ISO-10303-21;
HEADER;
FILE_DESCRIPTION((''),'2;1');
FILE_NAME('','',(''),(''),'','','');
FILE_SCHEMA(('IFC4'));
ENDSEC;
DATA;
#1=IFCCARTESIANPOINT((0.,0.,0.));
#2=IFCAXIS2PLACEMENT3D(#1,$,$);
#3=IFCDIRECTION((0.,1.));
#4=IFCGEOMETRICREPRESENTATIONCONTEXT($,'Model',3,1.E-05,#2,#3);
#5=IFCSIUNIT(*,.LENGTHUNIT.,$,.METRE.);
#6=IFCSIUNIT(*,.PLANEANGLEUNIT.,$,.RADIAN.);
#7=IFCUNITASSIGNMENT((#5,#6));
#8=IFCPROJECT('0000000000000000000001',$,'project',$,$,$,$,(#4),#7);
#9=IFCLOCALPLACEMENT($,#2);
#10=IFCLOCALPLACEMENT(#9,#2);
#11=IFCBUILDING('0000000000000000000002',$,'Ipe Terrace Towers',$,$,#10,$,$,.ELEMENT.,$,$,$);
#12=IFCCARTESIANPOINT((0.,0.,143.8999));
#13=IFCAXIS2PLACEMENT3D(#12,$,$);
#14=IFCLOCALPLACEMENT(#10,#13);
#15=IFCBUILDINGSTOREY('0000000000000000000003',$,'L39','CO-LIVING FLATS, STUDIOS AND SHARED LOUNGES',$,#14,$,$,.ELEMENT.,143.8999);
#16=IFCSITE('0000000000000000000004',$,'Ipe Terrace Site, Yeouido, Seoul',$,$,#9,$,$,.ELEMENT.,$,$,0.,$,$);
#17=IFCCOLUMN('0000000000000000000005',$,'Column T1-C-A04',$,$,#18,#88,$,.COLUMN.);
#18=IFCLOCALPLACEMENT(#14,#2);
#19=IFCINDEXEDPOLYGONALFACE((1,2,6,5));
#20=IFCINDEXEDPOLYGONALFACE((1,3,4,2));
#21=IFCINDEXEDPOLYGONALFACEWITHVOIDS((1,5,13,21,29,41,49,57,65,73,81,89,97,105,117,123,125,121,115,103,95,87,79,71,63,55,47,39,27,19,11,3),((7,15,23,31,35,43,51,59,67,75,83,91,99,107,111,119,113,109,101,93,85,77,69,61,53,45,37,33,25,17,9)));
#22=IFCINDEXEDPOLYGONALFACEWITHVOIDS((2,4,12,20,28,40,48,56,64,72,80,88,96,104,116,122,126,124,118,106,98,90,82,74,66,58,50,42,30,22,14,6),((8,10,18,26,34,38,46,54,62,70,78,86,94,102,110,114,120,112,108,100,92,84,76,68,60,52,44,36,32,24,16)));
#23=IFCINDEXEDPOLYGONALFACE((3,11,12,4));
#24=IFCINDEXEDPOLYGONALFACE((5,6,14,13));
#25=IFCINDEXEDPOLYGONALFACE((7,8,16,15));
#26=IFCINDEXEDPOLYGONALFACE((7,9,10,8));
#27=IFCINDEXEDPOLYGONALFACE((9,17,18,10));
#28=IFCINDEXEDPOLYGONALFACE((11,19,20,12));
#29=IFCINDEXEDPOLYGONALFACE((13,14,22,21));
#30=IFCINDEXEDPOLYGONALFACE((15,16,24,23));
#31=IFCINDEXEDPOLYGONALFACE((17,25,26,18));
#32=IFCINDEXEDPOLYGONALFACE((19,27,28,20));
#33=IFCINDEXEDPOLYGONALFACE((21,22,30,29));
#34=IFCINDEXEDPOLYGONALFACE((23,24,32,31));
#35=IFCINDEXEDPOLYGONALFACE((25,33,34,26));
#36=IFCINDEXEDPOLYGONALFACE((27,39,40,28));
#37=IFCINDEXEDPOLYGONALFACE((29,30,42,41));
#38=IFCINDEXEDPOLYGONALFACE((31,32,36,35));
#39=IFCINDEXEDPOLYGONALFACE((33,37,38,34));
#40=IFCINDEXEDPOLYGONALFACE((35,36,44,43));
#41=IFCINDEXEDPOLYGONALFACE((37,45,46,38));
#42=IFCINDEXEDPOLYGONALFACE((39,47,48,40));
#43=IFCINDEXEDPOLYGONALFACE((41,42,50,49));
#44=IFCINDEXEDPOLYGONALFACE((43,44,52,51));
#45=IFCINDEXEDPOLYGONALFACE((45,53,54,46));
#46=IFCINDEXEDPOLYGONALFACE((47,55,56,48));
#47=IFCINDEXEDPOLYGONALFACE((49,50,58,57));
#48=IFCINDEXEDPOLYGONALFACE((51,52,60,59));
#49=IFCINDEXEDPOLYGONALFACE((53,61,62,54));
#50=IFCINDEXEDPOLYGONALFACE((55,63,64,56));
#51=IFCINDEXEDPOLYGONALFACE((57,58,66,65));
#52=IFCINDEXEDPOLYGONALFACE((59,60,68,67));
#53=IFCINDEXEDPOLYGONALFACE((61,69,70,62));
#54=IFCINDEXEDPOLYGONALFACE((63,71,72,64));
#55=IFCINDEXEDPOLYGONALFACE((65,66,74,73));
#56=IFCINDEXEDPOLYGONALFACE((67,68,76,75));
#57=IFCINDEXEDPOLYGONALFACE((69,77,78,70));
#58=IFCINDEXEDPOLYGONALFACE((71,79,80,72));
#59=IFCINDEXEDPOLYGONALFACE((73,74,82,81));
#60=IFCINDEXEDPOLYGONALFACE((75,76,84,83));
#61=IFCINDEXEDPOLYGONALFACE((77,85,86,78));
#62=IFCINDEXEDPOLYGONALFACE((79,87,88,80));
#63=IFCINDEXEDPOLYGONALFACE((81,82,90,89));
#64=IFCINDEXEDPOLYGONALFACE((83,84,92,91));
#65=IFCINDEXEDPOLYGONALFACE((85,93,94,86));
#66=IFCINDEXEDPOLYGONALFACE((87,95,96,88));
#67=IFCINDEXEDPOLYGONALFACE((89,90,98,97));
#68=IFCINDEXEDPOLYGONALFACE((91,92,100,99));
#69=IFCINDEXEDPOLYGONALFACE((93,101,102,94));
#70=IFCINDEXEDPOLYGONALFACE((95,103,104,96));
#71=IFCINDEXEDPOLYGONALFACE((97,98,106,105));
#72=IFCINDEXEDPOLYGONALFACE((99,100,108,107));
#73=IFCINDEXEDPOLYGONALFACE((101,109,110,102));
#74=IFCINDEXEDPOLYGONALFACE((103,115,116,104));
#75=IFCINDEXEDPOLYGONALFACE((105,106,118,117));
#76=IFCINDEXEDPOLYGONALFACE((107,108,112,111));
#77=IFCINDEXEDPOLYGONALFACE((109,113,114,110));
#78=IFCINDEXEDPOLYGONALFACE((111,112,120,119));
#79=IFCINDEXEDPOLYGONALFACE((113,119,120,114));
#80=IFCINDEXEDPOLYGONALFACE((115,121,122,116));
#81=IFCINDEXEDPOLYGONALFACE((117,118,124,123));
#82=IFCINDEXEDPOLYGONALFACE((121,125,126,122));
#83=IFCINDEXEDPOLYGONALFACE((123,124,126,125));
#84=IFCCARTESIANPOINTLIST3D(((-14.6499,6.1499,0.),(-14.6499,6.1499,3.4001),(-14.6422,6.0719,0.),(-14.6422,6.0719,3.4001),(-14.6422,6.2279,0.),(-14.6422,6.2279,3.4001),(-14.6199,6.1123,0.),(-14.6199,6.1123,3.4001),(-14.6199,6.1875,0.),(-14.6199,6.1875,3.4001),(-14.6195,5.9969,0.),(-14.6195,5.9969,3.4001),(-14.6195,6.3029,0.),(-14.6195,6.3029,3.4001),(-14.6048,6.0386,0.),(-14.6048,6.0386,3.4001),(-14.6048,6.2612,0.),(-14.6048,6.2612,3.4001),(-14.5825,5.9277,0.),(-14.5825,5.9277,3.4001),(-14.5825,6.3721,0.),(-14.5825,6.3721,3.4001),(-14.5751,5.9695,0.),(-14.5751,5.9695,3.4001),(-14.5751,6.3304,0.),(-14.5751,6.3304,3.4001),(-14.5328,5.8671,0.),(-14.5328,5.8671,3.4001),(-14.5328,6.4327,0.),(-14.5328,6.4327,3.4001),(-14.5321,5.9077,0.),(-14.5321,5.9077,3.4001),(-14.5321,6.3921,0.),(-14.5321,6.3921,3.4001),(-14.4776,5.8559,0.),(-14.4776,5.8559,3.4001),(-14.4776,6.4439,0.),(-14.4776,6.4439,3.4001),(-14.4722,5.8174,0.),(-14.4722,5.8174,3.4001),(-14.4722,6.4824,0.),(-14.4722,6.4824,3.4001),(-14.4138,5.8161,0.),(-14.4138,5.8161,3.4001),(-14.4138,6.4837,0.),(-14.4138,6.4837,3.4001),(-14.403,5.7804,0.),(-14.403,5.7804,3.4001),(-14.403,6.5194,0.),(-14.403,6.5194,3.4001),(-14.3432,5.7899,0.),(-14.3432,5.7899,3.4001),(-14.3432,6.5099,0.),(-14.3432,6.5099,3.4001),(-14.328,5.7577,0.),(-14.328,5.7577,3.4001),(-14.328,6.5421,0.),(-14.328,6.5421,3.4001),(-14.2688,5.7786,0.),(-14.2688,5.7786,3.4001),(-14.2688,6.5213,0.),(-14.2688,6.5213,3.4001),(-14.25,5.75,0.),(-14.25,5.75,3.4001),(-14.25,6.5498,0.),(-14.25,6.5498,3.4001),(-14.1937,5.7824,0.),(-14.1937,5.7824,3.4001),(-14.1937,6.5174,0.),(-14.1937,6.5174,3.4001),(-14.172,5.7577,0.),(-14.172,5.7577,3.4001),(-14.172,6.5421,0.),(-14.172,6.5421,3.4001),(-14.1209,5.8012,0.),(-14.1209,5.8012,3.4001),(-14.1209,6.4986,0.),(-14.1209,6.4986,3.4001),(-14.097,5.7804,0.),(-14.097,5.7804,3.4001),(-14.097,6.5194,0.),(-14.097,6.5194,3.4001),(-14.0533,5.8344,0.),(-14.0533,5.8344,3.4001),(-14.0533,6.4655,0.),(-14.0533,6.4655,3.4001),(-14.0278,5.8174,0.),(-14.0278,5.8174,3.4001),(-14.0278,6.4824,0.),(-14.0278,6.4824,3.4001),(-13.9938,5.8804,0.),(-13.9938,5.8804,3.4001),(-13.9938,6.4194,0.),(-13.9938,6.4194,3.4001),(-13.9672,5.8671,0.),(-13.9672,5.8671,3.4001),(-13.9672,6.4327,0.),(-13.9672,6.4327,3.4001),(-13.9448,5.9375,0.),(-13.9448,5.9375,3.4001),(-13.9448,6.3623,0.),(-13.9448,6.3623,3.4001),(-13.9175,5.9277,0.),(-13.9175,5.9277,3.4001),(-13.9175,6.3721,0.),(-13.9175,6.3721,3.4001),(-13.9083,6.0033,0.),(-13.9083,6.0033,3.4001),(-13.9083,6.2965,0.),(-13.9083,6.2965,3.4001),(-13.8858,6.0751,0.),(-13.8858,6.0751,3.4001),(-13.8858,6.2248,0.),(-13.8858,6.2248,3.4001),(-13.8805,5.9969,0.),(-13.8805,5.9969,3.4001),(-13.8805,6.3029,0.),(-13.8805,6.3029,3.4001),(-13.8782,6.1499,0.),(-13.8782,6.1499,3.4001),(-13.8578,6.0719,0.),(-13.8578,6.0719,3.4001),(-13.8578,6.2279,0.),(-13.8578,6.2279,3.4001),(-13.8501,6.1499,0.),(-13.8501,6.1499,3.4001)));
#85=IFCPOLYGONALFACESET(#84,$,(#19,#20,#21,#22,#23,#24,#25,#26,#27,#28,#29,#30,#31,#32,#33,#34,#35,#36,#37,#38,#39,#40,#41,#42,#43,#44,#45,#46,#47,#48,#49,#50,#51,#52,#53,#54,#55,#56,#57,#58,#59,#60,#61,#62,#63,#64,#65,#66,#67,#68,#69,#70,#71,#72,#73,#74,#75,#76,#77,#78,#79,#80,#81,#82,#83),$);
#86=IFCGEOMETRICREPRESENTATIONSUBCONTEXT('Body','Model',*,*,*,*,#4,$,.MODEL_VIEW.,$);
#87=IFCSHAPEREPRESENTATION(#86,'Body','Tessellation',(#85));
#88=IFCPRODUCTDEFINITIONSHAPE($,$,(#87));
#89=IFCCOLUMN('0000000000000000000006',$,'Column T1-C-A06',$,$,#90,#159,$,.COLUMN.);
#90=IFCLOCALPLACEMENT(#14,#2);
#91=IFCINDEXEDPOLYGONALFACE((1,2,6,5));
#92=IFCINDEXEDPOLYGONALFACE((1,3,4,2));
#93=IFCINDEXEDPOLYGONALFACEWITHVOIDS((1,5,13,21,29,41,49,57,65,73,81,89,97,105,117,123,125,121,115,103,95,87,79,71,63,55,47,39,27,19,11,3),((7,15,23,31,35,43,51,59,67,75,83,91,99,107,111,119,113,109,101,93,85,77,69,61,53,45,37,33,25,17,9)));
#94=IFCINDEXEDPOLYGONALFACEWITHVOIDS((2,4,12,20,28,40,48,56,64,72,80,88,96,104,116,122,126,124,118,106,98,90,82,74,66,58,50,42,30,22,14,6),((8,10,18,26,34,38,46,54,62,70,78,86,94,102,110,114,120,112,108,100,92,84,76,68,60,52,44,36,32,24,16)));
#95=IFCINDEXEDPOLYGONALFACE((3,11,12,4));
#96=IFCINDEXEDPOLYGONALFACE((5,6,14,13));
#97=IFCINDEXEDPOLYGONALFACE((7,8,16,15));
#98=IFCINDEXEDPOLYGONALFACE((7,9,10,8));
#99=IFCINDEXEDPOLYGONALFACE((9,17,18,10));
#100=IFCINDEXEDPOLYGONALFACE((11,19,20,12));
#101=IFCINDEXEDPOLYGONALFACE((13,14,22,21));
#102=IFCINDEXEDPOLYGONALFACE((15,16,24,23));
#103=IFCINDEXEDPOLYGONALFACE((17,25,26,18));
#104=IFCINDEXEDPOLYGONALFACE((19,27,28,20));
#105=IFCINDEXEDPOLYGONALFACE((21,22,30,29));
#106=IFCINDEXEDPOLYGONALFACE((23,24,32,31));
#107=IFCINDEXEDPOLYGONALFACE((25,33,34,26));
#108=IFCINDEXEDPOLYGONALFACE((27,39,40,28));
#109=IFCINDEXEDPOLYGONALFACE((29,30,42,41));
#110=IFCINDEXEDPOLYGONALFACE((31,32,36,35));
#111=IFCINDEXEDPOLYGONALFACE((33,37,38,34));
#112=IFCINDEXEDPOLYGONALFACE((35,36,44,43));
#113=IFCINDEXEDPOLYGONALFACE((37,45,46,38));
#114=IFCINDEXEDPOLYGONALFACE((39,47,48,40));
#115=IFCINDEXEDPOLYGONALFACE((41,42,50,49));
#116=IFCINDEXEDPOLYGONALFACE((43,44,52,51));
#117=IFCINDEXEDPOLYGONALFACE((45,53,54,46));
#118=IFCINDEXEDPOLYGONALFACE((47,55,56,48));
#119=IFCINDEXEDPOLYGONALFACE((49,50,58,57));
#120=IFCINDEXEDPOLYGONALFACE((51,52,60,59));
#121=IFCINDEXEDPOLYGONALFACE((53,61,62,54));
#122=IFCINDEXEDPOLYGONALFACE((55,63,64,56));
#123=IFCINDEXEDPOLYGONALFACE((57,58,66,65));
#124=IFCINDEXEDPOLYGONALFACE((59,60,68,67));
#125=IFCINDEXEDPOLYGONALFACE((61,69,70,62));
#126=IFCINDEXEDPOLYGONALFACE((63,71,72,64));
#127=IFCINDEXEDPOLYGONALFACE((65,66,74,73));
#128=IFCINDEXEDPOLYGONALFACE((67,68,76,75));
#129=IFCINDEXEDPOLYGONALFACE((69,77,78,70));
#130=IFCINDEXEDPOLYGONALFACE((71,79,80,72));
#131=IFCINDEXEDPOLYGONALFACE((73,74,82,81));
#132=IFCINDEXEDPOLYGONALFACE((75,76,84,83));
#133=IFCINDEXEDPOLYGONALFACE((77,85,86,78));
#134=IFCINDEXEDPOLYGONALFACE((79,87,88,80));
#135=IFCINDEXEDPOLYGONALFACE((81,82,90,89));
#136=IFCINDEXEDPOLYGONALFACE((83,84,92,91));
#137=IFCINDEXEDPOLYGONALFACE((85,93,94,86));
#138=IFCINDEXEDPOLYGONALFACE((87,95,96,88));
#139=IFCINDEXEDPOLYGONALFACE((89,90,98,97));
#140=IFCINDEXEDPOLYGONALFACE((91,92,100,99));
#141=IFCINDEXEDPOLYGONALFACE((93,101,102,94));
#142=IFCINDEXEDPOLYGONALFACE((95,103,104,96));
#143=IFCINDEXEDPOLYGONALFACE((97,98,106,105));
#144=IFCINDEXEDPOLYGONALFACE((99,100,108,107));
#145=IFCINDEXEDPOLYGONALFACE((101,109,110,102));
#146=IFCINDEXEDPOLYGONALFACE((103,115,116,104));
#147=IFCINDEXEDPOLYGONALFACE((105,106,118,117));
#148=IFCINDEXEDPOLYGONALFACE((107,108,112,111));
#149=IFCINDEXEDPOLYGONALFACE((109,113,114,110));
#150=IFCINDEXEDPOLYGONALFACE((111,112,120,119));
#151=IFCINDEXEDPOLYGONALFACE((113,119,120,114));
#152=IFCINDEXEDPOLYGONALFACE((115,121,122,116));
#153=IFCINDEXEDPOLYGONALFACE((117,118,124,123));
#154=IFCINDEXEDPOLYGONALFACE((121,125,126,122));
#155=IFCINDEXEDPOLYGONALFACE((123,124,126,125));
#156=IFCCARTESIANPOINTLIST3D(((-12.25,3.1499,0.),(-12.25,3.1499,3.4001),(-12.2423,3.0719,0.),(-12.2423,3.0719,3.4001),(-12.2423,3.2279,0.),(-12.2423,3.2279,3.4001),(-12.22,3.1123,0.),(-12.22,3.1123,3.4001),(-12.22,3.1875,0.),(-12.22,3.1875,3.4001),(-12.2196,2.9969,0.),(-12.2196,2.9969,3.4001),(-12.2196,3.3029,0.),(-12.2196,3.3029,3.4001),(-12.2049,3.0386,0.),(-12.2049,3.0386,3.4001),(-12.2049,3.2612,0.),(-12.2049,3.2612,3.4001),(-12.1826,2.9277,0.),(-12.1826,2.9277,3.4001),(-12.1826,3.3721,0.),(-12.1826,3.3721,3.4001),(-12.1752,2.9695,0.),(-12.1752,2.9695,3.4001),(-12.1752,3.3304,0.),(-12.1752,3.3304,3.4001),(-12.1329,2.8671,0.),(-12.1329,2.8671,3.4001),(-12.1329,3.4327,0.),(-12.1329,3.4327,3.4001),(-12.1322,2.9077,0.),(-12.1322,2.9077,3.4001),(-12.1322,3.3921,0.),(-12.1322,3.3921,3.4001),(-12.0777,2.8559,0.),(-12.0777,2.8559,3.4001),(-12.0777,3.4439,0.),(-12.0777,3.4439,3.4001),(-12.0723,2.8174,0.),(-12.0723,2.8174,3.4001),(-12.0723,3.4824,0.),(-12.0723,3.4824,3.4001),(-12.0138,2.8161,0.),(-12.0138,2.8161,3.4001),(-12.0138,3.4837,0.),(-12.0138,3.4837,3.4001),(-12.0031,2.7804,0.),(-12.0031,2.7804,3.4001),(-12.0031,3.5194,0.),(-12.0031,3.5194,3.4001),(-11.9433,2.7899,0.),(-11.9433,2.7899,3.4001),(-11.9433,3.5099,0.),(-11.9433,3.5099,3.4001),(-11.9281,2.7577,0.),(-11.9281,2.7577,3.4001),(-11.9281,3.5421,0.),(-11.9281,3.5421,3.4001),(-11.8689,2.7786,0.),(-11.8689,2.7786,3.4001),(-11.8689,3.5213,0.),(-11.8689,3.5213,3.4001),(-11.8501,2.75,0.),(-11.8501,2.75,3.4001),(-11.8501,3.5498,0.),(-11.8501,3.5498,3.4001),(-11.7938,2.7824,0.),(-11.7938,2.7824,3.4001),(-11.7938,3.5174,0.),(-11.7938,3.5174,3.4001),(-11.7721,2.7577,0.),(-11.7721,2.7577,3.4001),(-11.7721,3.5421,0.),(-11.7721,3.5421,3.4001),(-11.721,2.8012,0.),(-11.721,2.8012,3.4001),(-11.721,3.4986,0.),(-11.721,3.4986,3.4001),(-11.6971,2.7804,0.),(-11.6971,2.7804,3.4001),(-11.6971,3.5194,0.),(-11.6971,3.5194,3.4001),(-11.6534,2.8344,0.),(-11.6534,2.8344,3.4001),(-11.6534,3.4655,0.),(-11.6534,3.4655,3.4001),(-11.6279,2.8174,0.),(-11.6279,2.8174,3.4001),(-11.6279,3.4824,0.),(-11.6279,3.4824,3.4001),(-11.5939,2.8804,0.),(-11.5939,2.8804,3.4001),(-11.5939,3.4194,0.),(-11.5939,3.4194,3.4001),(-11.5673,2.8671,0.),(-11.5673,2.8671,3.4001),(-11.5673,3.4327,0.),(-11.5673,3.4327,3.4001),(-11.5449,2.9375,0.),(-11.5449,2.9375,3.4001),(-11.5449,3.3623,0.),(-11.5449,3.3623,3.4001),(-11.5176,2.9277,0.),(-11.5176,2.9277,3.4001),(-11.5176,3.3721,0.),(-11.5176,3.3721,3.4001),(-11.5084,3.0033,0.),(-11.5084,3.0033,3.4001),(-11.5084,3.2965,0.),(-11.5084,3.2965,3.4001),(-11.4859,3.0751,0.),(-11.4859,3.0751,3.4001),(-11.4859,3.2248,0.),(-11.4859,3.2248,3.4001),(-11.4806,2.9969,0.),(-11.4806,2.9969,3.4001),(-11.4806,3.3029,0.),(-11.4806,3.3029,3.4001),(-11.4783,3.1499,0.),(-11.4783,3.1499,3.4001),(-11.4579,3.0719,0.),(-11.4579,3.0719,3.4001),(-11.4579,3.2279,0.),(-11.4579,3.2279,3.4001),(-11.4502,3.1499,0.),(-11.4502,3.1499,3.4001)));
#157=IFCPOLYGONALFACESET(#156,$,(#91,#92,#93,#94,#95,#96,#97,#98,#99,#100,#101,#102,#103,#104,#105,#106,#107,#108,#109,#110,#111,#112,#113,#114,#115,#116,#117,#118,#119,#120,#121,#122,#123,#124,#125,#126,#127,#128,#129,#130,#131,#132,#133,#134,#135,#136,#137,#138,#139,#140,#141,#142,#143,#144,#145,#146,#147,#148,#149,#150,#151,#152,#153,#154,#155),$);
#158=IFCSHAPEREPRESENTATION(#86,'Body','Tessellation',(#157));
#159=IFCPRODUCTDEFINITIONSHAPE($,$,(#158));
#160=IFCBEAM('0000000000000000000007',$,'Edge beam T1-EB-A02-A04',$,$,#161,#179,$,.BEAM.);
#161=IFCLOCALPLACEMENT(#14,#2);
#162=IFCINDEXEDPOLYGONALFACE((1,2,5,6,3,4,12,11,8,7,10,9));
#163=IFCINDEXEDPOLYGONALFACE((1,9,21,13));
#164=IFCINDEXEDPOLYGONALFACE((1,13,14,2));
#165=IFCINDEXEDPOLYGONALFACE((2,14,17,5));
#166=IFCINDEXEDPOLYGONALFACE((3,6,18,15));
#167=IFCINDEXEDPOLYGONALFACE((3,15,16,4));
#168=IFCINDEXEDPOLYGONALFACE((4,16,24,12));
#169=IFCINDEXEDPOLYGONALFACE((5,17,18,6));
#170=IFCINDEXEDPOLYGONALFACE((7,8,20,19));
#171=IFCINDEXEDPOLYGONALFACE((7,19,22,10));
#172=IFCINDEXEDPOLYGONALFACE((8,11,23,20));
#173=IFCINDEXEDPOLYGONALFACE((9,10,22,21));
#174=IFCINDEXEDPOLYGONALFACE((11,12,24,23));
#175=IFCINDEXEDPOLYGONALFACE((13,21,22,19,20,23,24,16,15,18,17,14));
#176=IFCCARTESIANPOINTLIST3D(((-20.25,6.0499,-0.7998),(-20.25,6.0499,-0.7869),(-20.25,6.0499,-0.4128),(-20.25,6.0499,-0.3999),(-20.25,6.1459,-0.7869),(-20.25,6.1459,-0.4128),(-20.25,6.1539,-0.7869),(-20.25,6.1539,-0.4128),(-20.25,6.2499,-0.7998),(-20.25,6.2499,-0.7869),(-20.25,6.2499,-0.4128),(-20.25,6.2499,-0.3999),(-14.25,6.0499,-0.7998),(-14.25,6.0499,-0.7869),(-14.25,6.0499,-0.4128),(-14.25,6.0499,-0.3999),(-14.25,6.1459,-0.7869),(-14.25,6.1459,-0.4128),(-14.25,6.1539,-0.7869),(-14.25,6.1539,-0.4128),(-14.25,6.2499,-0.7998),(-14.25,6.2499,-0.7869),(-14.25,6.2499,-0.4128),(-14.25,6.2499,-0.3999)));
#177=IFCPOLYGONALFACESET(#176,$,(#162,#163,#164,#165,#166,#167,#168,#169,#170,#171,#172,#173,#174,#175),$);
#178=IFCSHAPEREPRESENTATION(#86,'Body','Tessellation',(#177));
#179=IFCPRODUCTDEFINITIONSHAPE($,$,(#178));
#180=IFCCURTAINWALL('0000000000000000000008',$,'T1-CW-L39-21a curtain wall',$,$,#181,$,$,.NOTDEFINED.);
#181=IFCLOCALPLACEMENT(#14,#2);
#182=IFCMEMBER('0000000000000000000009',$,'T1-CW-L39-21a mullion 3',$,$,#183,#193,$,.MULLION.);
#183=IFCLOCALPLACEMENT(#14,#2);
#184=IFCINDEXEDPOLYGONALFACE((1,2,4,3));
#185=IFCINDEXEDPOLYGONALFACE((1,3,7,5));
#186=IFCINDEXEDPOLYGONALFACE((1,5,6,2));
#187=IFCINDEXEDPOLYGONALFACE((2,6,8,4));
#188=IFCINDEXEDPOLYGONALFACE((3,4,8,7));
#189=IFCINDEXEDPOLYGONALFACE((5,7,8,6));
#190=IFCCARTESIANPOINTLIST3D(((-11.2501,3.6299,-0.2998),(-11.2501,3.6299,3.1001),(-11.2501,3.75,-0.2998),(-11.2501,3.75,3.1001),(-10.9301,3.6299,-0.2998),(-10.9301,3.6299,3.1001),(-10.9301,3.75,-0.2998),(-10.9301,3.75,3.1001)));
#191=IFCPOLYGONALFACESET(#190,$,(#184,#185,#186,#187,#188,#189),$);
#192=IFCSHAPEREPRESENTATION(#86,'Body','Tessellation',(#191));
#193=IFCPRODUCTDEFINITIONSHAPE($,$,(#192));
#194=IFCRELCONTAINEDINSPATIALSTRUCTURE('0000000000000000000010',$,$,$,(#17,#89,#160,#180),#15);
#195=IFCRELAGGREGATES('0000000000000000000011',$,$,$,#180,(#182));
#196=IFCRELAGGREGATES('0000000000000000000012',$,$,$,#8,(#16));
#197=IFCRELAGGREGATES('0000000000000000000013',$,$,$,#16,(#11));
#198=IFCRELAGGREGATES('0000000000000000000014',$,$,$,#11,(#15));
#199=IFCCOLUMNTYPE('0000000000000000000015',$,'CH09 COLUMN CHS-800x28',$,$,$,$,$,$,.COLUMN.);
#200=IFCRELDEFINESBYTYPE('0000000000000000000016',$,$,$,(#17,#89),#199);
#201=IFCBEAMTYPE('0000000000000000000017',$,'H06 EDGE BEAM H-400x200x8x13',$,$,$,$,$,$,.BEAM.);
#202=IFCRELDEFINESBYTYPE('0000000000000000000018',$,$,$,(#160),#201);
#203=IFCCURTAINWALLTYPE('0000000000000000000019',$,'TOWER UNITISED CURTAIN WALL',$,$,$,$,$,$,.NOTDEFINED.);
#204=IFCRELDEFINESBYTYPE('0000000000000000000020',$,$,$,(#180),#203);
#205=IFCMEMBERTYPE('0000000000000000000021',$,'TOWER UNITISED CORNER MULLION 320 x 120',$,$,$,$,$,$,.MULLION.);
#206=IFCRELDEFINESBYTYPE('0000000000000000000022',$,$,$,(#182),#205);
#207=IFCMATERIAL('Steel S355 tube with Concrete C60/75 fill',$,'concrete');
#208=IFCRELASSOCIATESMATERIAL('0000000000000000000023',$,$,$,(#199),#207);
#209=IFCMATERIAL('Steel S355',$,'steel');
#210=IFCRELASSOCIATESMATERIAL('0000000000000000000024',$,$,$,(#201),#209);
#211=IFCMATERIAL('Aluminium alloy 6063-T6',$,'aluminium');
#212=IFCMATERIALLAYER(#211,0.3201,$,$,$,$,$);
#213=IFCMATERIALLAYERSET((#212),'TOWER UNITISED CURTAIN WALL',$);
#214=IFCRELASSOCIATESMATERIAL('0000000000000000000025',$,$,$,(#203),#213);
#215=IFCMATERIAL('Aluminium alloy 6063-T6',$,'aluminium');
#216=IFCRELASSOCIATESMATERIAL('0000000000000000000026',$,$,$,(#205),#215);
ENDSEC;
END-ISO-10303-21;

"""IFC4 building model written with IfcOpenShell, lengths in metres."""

from ifc_helpers import new_model, si_unit, direction, frame, origin, origin_2d, place, context, subcontext, project, spatial, rectangle, hollow_circle, i_section, extrude, material, layer, layer_set, material_profile, profile_set, type_object, element, aggregate, save


model = new_model("IFC4")

# Units and contexts
model_context = context("Model", 3, precision=1e-05, world=origin(), true_north=direction((0.0, 1.0)))
body_context = subcontext(model_context, "Body", "Model", "MODEL_VIEW")
ifc_project = project(units=[si_unit("LENGTHUNIT", "METRE"), si_unit("PLANEANGLEUNIT", "RADIAN")], contexts=[model_context])

# Site, building, storey
site_placement = place(None, origin())
site = spatial("IfcSite", under=ifc_project, at=site_placement, Name="Ipe Terrace Site, Yeouido, Seoul", CompositionType="ELEMENT", RefElevation=0.0)
building_placement = place(site_placement, origin())
building = spatial("IfcBuilding", under=site, at=building_placement, Name="Ipe Terrace Towers", CompositionType="ELEMENT")
storey_placement = place(building_placement, frame((0.0, 0.0, 143.8999)))
storey = spatial("IfcBuildingStorey", under=building, at=storey_placement, Name="L39", Description="CO-LIVING FLATS, STUDIOS AND SHARED LOUNGES", CompositionType="ELEMENT", Elevation=143.8999)

# Columns
ifc_material_1 = material(Name="Steel S355 tube with Concrete C60/75 fill", Category="concrete")
ifc_material_profile_1 = material_profile(ifc_material_1, hollow_circle(Radius=0.3999, WallThickness=0.0281, at=origin_2d()), Name="CHS-800x28")
ifc_profile_set_1 = profile_set([ifc_material_profile_1], Name="Steel S355 tube with Concrete C60/75 fill")
column_type = type_object("IfcColumnType", Name="CH09 COLUMN CHS-800x28", PredefinedType="COLUMN", material=ifc_profile_set_1)
for number, where, z_axis, x_axis, name in (
    (1, (-14.25, 6.1499, 0.0), (0.0, 0.0, 1.0), (1.0, 0.0, 0.0), "Column T1-C-A04"),
    (2, (-11.8501, 3.1499, 0.0), (0.0, 0.0, 1.0), (1.0, 0.0, 0.0), "Column T1-C-A06"),
):
    element("IfcColumn", number, at=place(storey_placement, frame(where, z_axis=z_axis, x_axis=x_axis)), inside=storey, type_object=column_type, Name=name, PredefinedType="COLUMN", context=body_context, shape_type="SweptSolid", body=[
        extrude(hollow_circle(Radius=0.3999, WallThickness=0.0281, at=origin_2d()), origin(), (0.0, 0.0, 1.0), 3.4001),
    ])

# Beam
ifc_material_2 = material(Name="Steel S355", Category="steel")
ifc_material_profile_2 = material_profile(ifc_material_2, i_section(OverallWidth=0.2, OverallDepth=0.3999, WebThickness=0.0081, FlangeThickness=0.0129, at=origin_2d()), Name="H-400x200x8x13")
ifc_profile_set_2 = profile_set([ifc_material_profile_2], Name="Steel S355")
beam_type = type_object("IfcBeamType", Name="H06 EDGE BEAM H-400x200x8x13", PredefinedType="BEAM", material=ifc_profile_set_2)
beam_placement = place(storey_placement, frame((-20.25, 6.1499, -0.5999), z_axis=(1.0, 0.0, 0.0), x_axis=(0.0, 1.0, 0.0)))
element("IfcBeam", 3, at=beam_placement, inside=storey, type_object=beam_type, Name="Edge beam T1-EB-A02-A04", PredefinedType="BEAM", context=body_context, shape_type="SweptSolid", body=[
    extrude(i_section(OverallWidth=0.2, OverallDepth=0.3999, WebThickness=0.0081, FlangeThickness=0.0129, at=origin_2d()), origin(), (0.0, 0.0, 1.0), 6.0),
])

# Curtain wall, member
ifc_material_3 = material(Name="Aluminium alloy 6063-T6", Category="aluminium")
ifc_layer_1 = layer(ifc_material_3, 0.3201)
ifc_layer_set_1 = layer_set([ifc_layer_1], Name="TOWER UNITISED CURTAIN WALL")
curtain_wall_type = type_object("IfcCurtainWallType", Name="TOWER UNITISED CURTAIN WALL", PredefinedType="NOTDEFINED", material=ifc_layer_set_1)
curtain_wall_1_placement = place(storey_placement, origin())
curtain_wall_1 = element("IfcCurtainWall", 4, at=curtain_wall_1_placement, inside=storey, type_object=curtain_wall_type, Name="T1-CW-L39-21a curtain wall", PredefinedType="NOTDEFINED")
ifc_material_4 = material(Name="Aluminium alloy 6063-T6", Category="aluminium")
ifc_material_profile_3 = material_profile(ifc_material_4, rectangle(XDim=0.3201, YDim=0.1201, at=origin_2d()), Name="TOWER UNITISED CORNER MULLION 320 x 120")
ifc_profile_set_3 = profile_set([ifc_material_profile_3], Name="Aluminium alloy 6063-T6")
member_type = type_object("IfcMemberType", Name="TOWER UNITISED CORNER MULLION 320 x 120", PredefinedType="MULLION", material=ifc_profile_set_3)
member_1_placement = place(storey_placement, frame((-11.0901, 3.6899, -0.2998), z_axis=(0.0, 0.0, 1.0), x_axis=(1.0, 0.0, 0.0)))
member_1 = element("IfcMember", 5, at=member_1_placement, type_object=member_type, Name="T1-CW-L39-21a mullion 3", PredefinedType="MULLION", context=body_context, shape_type="SweptSolid", body=[
    extrude(rectangle(XDim=0.3201, YDim=0.1201, at=origin_2d()), origin(), (0.0, 0.0, 1.0), 3.3999),
])

aggregate(curtain_wall_1, [member_1])

save(model, "model.ifc")
